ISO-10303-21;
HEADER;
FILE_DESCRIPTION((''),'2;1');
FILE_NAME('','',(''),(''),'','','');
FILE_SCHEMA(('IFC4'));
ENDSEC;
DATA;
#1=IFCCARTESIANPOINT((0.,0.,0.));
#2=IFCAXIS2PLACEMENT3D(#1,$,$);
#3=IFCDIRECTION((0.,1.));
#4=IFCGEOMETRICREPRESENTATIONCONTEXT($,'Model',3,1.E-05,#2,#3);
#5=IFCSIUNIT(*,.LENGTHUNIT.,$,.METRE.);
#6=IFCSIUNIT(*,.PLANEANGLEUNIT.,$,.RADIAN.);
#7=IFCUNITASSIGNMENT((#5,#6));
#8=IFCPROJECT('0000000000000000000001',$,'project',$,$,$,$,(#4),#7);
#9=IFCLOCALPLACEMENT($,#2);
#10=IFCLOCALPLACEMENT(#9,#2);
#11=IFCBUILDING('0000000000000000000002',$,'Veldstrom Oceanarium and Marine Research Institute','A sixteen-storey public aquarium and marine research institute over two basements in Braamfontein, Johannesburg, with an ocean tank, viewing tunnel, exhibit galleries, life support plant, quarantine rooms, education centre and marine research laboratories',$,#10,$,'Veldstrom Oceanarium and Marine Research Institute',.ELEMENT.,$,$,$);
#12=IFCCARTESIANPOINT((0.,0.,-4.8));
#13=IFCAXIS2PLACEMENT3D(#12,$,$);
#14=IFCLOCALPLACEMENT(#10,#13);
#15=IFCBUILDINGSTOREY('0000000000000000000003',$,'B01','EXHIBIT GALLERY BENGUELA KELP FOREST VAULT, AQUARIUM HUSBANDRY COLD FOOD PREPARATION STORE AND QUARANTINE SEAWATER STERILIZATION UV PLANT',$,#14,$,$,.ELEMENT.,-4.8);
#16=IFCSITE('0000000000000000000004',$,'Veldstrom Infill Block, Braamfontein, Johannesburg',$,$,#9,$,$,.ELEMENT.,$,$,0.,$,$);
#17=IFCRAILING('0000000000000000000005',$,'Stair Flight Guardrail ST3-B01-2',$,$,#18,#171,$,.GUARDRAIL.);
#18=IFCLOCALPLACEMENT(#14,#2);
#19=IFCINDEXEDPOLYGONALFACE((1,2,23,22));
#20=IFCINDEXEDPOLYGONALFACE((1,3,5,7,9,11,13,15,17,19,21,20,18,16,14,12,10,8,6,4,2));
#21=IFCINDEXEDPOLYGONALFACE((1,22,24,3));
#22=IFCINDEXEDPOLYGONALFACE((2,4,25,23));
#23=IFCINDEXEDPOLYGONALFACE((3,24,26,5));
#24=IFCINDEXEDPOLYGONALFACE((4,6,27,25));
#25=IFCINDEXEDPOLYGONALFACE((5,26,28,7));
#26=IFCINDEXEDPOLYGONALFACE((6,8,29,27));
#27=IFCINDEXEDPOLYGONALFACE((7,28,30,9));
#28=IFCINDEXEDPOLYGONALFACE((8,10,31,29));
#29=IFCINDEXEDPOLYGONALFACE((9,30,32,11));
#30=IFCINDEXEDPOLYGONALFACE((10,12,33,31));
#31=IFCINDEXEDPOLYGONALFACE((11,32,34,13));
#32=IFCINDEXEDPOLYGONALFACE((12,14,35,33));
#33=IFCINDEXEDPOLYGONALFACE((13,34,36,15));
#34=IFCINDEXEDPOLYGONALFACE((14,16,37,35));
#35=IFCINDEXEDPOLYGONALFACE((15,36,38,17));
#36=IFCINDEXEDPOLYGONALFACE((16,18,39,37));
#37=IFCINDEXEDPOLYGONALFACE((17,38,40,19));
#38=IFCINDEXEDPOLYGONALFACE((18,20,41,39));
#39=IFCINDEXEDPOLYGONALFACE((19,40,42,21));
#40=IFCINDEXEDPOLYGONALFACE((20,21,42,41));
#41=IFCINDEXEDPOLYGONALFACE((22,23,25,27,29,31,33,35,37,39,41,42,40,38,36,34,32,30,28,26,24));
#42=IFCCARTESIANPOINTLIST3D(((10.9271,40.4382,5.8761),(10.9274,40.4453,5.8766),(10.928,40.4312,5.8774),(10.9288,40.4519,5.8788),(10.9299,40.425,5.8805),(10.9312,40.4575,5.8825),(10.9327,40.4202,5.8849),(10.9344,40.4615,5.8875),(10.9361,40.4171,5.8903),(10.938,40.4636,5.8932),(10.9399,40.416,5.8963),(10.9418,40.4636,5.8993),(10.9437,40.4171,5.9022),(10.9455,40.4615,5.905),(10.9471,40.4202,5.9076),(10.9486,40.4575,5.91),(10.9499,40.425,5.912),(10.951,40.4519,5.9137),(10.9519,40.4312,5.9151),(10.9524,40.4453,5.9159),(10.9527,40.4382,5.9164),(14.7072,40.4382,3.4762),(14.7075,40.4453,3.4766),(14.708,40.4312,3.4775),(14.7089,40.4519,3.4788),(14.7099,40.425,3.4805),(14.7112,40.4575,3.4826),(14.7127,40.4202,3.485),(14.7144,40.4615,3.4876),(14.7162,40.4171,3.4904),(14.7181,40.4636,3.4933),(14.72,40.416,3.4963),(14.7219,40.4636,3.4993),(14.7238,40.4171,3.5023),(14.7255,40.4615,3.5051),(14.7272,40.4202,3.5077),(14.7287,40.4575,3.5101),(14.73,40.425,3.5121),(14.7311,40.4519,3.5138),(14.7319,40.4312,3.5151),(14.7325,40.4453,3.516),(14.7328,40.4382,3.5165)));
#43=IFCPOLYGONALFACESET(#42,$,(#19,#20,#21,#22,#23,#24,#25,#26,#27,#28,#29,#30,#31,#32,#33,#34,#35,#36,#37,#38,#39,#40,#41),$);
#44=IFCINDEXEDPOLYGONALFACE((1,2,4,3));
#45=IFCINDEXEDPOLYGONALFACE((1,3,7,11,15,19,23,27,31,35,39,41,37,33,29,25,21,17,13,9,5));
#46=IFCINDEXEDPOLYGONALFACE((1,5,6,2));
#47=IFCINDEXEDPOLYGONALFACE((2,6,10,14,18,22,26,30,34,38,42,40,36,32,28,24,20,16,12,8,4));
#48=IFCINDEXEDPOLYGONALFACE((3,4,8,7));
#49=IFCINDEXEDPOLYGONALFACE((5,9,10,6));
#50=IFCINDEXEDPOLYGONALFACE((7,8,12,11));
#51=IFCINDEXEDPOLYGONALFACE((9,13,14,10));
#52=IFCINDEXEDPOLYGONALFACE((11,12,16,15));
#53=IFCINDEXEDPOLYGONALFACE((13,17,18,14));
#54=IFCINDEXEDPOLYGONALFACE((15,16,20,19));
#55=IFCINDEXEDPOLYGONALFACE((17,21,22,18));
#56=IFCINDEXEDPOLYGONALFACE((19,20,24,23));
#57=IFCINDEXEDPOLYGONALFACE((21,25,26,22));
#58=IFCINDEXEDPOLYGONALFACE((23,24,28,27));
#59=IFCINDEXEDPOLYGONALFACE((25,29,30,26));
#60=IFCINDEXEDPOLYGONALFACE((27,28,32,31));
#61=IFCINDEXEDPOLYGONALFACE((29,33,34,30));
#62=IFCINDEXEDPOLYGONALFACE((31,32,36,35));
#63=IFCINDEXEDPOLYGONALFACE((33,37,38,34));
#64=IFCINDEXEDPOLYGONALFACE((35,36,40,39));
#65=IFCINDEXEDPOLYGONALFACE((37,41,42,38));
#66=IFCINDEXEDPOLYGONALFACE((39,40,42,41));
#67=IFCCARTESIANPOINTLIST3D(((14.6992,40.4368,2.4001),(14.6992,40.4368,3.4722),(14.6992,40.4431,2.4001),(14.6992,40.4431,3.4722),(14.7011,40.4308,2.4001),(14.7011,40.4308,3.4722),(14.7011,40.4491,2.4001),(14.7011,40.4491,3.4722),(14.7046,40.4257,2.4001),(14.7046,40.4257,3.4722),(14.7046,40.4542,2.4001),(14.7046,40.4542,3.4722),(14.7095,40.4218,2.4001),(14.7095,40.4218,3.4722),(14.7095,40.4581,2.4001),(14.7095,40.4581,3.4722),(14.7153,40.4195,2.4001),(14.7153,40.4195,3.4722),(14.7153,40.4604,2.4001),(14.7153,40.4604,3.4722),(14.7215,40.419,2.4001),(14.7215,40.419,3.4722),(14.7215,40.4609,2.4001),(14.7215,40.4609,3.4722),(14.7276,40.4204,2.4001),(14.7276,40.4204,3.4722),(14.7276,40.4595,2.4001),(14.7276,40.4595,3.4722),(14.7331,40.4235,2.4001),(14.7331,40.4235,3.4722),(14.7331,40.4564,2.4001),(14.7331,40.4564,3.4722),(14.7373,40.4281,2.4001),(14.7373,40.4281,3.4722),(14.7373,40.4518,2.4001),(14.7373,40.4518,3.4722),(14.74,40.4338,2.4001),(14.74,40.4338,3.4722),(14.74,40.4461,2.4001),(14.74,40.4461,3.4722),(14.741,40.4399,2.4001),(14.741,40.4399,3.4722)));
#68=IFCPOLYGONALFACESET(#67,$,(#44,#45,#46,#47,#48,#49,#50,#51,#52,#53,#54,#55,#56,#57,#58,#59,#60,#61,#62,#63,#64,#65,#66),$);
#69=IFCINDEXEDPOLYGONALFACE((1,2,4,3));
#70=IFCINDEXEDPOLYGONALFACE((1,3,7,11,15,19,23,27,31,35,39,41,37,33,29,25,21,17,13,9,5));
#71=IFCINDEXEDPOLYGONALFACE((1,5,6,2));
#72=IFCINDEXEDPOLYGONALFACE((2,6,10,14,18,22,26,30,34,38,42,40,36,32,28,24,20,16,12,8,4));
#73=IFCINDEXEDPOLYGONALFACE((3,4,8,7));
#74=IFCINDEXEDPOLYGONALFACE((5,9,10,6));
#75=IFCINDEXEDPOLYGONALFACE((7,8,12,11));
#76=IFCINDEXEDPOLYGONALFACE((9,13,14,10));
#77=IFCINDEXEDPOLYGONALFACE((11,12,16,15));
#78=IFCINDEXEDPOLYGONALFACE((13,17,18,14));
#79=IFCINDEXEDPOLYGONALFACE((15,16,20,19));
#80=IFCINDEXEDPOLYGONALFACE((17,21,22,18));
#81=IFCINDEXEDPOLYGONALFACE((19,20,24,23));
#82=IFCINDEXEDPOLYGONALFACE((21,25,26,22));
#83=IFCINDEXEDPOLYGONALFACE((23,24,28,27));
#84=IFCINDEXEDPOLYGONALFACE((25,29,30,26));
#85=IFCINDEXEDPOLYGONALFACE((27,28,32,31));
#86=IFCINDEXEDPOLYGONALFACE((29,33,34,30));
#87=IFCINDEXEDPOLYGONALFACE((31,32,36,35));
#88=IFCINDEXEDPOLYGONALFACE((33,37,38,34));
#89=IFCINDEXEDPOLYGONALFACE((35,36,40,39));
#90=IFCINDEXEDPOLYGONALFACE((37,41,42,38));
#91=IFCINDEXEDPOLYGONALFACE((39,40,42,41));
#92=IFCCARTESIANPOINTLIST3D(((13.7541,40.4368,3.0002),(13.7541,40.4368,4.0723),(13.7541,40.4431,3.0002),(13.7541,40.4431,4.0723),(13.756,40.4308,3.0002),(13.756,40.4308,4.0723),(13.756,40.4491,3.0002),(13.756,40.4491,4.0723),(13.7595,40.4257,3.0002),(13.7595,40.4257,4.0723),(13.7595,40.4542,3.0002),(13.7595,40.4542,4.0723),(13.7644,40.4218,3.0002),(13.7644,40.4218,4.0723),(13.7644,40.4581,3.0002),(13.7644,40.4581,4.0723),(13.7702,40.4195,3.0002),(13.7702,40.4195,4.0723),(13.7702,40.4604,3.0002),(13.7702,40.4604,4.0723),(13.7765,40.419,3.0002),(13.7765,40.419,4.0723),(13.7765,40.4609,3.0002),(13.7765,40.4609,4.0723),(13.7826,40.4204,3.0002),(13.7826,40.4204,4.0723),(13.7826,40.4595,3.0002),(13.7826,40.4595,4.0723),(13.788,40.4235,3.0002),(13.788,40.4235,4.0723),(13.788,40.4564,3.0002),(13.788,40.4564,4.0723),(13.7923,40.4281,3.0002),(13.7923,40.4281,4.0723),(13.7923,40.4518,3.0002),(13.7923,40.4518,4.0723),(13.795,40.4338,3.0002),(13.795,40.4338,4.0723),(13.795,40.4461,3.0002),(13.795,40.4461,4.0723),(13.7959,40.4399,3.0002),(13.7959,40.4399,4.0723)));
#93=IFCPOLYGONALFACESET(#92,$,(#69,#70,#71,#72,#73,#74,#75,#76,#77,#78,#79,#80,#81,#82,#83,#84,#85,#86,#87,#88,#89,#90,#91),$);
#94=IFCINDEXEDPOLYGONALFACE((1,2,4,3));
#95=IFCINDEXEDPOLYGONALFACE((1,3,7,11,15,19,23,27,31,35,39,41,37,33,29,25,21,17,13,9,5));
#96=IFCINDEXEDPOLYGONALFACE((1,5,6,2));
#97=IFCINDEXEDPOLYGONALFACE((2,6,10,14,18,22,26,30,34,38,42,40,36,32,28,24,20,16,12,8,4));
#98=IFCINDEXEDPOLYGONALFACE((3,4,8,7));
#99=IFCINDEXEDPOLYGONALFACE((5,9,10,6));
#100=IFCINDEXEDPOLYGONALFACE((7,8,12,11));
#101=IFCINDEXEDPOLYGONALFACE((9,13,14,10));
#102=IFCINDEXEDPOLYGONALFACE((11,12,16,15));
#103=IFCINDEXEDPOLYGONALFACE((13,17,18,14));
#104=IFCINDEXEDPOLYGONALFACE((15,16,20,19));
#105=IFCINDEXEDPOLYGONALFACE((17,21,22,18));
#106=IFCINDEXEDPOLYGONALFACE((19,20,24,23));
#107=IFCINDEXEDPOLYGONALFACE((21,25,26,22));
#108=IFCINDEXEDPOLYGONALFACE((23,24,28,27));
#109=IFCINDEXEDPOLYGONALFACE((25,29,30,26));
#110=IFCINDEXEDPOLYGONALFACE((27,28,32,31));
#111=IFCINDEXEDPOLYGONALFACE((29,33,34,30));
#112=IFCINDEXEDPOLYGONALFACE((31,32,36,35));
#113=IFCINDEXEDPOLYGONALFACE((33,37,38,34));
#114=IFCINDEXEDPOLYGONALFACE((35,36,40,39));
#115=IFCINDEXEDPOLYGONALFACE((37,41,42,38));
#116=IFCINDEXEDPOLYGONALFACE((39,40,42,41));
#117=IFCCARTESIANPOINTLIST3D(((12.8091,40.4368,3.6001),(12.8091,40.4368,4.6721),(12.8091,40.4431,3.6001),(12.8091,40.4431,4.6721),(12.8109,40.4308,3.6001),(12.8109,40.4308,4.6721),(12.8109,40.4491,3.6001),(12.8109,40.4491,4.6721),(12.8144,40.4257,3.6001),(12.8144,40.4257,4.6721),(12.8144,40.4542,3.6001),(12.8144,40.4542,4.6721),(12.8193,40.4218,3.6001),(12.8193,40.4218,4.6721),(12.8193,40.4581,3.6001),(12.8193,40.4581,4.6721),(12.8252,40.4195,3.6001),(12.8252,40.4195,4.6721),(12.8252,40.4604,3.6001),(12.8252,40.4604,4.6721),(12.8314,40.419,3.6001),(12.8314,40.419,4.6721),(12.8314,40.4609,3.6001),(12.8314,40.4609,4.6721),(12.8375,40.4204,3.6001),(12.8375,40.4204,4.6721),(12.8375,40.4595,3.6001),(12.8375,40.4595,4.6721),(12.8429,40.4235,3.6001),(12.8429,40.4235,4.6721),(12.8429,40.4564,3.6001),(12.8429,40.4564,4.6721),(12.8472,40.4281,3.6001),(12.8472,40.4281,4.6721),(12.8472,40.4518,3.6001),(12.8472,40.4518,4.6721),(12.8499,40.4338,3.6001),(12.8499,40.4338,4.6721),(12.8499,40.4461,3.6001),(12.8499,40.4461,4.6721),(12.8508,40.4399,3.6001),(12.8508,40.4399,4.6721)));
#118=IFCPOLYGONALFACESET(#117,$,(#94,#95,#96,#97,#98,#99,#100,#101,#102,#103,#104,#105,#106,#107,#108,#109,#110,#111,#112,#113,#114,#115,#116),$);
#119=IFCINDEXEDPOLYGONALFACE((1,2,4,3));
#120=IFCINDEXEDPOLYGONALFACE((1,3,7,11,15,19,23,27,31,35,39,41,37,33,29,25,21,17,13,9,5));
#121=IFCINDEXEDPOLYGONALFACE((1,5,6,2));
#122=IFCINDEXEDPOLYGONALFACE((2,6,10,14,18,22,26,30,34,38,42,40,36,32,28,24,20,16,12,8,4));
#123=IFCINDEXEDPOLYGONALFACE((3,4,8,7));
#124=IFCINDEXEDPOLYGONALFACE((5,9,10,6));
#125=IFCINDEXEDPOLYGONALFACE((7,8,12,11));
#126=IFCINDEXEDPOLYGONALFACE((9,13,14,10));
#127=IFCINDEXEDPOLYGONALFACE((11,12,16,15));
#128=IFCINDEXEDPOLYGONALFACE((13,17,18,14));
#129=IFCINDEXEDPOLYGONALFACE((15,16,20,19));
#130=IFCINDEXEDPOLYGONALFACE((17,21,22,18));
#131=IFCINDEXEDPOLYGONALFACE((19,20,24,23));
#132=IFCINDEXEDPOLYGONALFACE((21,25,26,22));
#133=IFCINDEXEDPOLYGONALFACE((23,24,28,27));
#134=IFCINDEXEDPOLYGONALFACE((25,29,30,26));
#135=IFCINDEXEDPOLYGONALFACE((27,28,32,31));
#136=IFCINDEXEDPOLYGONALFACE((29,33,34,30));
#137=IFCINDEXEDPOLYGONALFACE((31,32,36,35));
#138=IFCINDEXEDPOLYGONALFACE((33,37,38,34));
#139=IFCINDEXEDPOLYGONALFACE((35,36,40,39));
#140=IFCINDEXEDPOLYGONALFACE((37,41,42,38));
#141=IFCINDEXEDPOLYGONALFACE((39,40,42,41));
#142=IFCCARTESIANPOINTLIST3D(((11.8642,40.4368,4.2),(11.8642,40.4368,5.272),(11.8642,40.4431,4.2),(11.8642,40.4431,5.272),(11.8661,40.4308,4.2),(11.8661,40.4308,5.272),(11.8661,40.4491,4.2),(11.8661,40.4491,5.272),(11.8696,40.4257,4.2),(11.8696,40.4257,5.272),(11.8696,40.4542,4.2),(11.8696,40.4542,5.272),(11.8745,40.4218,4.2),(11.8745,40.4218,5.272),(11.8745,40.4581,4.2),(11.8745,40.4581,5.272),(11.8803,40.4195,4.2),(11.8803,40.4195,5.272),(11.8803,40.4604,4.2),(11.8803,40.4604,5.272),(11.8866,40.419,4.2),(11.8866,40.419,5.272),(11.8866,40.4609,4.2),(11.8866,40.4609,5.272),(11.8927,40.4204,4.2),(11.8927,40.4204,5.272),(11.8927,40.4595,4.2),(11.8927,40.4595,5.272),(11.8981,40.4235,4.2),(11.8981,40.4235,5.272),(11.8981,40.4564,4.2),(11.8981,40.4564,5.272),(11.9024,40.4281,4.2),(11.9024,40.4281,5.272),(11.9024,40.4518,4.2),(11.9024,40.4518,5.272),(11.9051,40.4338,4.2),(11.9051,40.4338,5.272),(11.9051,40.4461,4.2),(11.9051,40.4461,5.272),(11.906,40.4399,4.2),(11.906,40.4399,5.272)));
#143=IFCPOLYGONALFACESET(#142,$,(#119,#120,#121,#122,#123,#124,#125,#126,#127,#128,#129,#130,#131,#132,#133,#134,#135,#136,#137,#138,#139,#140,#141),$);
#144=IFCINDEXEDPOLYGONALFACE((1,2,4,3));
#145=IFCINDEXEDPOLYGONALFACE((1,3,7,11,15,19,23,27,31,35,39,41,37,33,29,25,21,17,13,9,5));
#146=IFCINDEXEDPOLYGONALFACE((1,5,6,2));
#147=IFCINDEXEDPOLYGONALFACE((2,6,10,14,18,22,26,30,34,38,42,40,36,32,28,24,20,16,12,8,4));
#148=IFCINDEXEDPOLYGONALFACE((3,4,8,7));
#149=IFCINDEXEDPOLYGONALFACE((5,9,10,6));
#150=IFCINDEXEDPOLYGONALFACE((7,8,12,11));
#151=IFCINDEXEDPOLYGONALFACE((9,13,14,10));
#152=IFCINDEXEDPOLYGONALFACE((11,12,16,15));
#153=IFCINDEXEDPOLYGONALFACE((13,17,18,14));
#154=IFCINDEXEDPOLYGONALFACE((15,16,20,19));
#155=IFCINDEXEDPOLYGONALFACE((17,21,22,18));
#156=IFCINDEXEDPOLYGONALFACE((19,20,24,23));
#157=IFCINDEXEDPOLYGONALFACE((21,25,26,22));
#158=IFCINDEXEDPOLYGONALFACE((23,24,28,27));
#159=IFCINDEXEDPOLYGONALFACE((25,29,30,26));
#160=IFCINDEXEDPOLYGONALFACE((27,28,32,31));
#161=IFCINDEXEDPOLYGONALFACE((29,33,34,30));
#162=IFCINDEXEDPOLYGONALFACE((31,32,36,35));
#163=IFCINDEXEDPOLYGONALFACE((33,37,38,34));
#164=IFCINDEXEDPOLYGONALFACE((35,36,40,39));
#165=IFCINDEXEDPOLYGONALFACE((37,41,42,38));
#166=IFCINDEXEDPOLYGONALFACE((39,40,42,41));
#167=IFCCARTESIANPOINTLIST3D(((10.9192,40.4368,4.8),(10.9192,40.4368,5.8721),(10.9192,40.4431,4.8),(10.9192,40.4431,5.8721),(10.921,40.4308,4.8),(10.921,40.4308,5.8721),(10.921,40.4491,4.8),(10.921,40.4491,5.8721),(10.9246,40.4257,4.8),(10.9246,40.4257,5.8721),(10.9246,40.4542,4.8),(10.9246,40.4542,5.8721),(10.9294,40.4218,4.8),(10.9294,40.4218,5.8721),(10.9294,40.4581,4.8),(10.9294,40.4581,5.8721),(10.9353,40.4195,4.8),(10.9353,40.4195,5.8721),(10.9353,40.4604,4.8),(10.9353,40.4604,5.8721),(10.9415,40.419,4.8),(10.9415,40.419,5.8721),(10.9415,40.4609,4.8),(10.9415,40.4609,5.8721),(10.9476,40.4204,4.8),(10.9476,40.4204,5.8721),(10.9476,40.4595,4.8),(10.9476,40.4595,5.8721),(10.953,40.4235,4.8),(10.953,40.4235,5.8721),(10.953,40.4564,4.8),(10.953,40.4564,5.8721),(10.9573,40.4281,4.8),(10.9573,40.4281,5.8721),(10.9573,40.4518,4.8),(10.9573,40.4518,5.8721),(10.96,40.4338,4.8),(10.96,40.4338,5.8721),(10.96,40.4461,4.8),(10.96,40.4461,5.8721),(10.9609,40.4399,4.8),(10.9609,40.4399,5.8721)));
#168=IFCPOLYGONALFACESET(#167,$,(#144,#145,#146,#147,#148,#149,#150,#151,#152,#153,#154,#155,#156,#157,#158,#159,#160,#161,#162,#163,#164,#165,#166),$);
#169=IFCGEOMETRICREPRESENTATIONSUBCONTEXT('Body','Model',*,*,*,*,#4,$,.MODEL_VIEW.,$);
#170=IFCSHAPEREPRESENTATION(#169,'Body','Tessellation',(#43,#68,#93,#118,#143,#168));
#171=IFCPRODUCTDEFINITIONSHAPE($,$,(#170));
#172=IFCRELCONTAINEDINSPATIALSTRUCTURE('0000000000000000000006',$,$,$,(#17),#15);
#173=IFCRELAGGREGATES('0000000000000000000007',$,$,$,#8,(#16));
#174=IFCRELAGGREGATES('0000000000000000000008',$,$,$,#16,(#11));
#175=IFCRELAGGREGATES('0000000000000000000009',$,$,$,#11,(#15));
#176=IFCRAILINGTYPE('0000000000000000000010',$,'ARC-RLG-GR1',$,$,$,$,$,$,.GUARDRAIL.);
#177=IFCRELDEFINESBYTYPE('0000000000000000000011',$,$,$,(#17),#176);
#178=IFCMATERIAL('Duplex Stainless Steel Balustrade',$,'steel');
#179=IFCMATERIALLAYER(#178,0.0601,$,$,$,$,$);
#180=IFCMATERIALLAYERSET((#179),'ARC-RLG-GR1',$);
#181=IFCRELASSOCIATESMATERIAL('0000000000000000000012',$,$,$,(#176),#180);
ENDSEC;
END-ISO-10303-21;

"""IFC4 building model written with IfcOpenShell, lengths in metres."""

from ifc_helpers import new_model, si_unit, direction, frame, origin, origin_2d, place, context, subcontext, project, spatial, circle, extrude, material, layer, layer_set, type_object, element, save


model = new_model("IFC4")

# Units and contexts
model_context = context("Model", 3, precision=1e-05, world=origin(), true_north=direction((0.0, 1.0)))
body_context = subcontext(model_context, "Body", "Model", "MODEL_VIEW")
ifc_project = project(units=[si_unit("LENGTHUNIT", "METRE"), si_unit("PLANEANGLEUNIT", "RADIAN")], contexts=[model_context])

# Site, building, storey
site_placement = place(None, origin())
site = spatial("IfcSite", under=ifc_project, at=site_placement, Name="Veldstrom Infill Block, Braamfontein, Johannesburg", CompositionType="ELEMENT", RefElevation=0.0)
building_placement = place(site_placement, origin())
building = spatial("IfcBuilding", under=site, at=building_placement, Name="Veldstrom Oceanarium and Marine Research Institute", Description="A sixteen-storey public aquarium and marine research institute over two basements in Braamfontein, Johannesburg, with an ocean tank, viewing tunnel, exhibit galleries, life support plant, quarantine rooms, education centre and marine research laboratories", LongName="Veldstrom Oceanarium and Marine Research Institute", CompositionType="ELEMENT")
storey_placement = place(building_placement, frame((0.0, 0.0, -4.8)))
storey = spatial("IfcBuildingStorey", under=building, at=storey_placement, Name="B01", Description="EXHIBIT GALLERY BENGUELA KELP FOREST VAULT, AQUARIUM HUSBANDRY COLD FOOD PREPARATION STORE AND QUARANTINE SEAWATER STERILIZATION UV PLANT", CompositionType="ELEMENT", Elevation=-4.8)

# Railing
ifc_material_1 = material(Name="Duplex Stainless Steel Balustrade", Category="steel")
ifc_layer_1 = layer(ifc_material_1, 0.0601)
ifc_layer_set_1 = layer_set([ifc_layer_1], Name="ARC-RLG-GR1")
railing_type_1 = type_object("IfcRailingType", Name="ARC-RLG-GR1", PredefinedType="GUARDRAIL", material=ifc_layer_set_1)
railing_1_placement = place(storey_placement, frame((14.72, 40.4399, 2.4001)))
element("IfcRailing", 1, at=railing_1_placement, inside=storey, type_object=railing_type_1, Name="Stair Flight Guardrail ST3-B01-2", PredefinedType="GUARDRAIL", context=body_context, shape_type="SweptSolid", body=[
    extrude(circle(Radius=0.0239, at=origin_2d()), frame((0.0, 0.0, 1.0962), z_axis=(-0.844225, 0.0, 0.53599), x_axis=(0.0, -1.0, 0.0)), (0.0, 0.0, 1.0), 4.4775),
    extrude(circle(Radius=0.021, at=origin_2d()), origin(), (0.0, 0.0, 1.0), 1.072),
    extrude(circle(Radius=0.021, at=origin_2d()), frame((-0.9451, 0.0, 0.6001)), (0.0, 0.0, 1.0), 1.072),
    extrude(circle(Radius=0.021, at=origin_2d()), frame((-1.8901, 0.0, 1.2)), (0.0, 0.0, 1.0), 1.072),
    extrude(circle(Radius=0.021, at=origin_2d()), frame((-2.835, 0.0, 1.7998)), (0.0, 0.0, 1.0), 1.072),
    extrude(circle(Radius=0.021, at=origin_2d()), frame((-3.78, 0.0, 2.3999)), (0.0, 0.0, 1.0), 1.072),
])

save(model, "model.ifc")
